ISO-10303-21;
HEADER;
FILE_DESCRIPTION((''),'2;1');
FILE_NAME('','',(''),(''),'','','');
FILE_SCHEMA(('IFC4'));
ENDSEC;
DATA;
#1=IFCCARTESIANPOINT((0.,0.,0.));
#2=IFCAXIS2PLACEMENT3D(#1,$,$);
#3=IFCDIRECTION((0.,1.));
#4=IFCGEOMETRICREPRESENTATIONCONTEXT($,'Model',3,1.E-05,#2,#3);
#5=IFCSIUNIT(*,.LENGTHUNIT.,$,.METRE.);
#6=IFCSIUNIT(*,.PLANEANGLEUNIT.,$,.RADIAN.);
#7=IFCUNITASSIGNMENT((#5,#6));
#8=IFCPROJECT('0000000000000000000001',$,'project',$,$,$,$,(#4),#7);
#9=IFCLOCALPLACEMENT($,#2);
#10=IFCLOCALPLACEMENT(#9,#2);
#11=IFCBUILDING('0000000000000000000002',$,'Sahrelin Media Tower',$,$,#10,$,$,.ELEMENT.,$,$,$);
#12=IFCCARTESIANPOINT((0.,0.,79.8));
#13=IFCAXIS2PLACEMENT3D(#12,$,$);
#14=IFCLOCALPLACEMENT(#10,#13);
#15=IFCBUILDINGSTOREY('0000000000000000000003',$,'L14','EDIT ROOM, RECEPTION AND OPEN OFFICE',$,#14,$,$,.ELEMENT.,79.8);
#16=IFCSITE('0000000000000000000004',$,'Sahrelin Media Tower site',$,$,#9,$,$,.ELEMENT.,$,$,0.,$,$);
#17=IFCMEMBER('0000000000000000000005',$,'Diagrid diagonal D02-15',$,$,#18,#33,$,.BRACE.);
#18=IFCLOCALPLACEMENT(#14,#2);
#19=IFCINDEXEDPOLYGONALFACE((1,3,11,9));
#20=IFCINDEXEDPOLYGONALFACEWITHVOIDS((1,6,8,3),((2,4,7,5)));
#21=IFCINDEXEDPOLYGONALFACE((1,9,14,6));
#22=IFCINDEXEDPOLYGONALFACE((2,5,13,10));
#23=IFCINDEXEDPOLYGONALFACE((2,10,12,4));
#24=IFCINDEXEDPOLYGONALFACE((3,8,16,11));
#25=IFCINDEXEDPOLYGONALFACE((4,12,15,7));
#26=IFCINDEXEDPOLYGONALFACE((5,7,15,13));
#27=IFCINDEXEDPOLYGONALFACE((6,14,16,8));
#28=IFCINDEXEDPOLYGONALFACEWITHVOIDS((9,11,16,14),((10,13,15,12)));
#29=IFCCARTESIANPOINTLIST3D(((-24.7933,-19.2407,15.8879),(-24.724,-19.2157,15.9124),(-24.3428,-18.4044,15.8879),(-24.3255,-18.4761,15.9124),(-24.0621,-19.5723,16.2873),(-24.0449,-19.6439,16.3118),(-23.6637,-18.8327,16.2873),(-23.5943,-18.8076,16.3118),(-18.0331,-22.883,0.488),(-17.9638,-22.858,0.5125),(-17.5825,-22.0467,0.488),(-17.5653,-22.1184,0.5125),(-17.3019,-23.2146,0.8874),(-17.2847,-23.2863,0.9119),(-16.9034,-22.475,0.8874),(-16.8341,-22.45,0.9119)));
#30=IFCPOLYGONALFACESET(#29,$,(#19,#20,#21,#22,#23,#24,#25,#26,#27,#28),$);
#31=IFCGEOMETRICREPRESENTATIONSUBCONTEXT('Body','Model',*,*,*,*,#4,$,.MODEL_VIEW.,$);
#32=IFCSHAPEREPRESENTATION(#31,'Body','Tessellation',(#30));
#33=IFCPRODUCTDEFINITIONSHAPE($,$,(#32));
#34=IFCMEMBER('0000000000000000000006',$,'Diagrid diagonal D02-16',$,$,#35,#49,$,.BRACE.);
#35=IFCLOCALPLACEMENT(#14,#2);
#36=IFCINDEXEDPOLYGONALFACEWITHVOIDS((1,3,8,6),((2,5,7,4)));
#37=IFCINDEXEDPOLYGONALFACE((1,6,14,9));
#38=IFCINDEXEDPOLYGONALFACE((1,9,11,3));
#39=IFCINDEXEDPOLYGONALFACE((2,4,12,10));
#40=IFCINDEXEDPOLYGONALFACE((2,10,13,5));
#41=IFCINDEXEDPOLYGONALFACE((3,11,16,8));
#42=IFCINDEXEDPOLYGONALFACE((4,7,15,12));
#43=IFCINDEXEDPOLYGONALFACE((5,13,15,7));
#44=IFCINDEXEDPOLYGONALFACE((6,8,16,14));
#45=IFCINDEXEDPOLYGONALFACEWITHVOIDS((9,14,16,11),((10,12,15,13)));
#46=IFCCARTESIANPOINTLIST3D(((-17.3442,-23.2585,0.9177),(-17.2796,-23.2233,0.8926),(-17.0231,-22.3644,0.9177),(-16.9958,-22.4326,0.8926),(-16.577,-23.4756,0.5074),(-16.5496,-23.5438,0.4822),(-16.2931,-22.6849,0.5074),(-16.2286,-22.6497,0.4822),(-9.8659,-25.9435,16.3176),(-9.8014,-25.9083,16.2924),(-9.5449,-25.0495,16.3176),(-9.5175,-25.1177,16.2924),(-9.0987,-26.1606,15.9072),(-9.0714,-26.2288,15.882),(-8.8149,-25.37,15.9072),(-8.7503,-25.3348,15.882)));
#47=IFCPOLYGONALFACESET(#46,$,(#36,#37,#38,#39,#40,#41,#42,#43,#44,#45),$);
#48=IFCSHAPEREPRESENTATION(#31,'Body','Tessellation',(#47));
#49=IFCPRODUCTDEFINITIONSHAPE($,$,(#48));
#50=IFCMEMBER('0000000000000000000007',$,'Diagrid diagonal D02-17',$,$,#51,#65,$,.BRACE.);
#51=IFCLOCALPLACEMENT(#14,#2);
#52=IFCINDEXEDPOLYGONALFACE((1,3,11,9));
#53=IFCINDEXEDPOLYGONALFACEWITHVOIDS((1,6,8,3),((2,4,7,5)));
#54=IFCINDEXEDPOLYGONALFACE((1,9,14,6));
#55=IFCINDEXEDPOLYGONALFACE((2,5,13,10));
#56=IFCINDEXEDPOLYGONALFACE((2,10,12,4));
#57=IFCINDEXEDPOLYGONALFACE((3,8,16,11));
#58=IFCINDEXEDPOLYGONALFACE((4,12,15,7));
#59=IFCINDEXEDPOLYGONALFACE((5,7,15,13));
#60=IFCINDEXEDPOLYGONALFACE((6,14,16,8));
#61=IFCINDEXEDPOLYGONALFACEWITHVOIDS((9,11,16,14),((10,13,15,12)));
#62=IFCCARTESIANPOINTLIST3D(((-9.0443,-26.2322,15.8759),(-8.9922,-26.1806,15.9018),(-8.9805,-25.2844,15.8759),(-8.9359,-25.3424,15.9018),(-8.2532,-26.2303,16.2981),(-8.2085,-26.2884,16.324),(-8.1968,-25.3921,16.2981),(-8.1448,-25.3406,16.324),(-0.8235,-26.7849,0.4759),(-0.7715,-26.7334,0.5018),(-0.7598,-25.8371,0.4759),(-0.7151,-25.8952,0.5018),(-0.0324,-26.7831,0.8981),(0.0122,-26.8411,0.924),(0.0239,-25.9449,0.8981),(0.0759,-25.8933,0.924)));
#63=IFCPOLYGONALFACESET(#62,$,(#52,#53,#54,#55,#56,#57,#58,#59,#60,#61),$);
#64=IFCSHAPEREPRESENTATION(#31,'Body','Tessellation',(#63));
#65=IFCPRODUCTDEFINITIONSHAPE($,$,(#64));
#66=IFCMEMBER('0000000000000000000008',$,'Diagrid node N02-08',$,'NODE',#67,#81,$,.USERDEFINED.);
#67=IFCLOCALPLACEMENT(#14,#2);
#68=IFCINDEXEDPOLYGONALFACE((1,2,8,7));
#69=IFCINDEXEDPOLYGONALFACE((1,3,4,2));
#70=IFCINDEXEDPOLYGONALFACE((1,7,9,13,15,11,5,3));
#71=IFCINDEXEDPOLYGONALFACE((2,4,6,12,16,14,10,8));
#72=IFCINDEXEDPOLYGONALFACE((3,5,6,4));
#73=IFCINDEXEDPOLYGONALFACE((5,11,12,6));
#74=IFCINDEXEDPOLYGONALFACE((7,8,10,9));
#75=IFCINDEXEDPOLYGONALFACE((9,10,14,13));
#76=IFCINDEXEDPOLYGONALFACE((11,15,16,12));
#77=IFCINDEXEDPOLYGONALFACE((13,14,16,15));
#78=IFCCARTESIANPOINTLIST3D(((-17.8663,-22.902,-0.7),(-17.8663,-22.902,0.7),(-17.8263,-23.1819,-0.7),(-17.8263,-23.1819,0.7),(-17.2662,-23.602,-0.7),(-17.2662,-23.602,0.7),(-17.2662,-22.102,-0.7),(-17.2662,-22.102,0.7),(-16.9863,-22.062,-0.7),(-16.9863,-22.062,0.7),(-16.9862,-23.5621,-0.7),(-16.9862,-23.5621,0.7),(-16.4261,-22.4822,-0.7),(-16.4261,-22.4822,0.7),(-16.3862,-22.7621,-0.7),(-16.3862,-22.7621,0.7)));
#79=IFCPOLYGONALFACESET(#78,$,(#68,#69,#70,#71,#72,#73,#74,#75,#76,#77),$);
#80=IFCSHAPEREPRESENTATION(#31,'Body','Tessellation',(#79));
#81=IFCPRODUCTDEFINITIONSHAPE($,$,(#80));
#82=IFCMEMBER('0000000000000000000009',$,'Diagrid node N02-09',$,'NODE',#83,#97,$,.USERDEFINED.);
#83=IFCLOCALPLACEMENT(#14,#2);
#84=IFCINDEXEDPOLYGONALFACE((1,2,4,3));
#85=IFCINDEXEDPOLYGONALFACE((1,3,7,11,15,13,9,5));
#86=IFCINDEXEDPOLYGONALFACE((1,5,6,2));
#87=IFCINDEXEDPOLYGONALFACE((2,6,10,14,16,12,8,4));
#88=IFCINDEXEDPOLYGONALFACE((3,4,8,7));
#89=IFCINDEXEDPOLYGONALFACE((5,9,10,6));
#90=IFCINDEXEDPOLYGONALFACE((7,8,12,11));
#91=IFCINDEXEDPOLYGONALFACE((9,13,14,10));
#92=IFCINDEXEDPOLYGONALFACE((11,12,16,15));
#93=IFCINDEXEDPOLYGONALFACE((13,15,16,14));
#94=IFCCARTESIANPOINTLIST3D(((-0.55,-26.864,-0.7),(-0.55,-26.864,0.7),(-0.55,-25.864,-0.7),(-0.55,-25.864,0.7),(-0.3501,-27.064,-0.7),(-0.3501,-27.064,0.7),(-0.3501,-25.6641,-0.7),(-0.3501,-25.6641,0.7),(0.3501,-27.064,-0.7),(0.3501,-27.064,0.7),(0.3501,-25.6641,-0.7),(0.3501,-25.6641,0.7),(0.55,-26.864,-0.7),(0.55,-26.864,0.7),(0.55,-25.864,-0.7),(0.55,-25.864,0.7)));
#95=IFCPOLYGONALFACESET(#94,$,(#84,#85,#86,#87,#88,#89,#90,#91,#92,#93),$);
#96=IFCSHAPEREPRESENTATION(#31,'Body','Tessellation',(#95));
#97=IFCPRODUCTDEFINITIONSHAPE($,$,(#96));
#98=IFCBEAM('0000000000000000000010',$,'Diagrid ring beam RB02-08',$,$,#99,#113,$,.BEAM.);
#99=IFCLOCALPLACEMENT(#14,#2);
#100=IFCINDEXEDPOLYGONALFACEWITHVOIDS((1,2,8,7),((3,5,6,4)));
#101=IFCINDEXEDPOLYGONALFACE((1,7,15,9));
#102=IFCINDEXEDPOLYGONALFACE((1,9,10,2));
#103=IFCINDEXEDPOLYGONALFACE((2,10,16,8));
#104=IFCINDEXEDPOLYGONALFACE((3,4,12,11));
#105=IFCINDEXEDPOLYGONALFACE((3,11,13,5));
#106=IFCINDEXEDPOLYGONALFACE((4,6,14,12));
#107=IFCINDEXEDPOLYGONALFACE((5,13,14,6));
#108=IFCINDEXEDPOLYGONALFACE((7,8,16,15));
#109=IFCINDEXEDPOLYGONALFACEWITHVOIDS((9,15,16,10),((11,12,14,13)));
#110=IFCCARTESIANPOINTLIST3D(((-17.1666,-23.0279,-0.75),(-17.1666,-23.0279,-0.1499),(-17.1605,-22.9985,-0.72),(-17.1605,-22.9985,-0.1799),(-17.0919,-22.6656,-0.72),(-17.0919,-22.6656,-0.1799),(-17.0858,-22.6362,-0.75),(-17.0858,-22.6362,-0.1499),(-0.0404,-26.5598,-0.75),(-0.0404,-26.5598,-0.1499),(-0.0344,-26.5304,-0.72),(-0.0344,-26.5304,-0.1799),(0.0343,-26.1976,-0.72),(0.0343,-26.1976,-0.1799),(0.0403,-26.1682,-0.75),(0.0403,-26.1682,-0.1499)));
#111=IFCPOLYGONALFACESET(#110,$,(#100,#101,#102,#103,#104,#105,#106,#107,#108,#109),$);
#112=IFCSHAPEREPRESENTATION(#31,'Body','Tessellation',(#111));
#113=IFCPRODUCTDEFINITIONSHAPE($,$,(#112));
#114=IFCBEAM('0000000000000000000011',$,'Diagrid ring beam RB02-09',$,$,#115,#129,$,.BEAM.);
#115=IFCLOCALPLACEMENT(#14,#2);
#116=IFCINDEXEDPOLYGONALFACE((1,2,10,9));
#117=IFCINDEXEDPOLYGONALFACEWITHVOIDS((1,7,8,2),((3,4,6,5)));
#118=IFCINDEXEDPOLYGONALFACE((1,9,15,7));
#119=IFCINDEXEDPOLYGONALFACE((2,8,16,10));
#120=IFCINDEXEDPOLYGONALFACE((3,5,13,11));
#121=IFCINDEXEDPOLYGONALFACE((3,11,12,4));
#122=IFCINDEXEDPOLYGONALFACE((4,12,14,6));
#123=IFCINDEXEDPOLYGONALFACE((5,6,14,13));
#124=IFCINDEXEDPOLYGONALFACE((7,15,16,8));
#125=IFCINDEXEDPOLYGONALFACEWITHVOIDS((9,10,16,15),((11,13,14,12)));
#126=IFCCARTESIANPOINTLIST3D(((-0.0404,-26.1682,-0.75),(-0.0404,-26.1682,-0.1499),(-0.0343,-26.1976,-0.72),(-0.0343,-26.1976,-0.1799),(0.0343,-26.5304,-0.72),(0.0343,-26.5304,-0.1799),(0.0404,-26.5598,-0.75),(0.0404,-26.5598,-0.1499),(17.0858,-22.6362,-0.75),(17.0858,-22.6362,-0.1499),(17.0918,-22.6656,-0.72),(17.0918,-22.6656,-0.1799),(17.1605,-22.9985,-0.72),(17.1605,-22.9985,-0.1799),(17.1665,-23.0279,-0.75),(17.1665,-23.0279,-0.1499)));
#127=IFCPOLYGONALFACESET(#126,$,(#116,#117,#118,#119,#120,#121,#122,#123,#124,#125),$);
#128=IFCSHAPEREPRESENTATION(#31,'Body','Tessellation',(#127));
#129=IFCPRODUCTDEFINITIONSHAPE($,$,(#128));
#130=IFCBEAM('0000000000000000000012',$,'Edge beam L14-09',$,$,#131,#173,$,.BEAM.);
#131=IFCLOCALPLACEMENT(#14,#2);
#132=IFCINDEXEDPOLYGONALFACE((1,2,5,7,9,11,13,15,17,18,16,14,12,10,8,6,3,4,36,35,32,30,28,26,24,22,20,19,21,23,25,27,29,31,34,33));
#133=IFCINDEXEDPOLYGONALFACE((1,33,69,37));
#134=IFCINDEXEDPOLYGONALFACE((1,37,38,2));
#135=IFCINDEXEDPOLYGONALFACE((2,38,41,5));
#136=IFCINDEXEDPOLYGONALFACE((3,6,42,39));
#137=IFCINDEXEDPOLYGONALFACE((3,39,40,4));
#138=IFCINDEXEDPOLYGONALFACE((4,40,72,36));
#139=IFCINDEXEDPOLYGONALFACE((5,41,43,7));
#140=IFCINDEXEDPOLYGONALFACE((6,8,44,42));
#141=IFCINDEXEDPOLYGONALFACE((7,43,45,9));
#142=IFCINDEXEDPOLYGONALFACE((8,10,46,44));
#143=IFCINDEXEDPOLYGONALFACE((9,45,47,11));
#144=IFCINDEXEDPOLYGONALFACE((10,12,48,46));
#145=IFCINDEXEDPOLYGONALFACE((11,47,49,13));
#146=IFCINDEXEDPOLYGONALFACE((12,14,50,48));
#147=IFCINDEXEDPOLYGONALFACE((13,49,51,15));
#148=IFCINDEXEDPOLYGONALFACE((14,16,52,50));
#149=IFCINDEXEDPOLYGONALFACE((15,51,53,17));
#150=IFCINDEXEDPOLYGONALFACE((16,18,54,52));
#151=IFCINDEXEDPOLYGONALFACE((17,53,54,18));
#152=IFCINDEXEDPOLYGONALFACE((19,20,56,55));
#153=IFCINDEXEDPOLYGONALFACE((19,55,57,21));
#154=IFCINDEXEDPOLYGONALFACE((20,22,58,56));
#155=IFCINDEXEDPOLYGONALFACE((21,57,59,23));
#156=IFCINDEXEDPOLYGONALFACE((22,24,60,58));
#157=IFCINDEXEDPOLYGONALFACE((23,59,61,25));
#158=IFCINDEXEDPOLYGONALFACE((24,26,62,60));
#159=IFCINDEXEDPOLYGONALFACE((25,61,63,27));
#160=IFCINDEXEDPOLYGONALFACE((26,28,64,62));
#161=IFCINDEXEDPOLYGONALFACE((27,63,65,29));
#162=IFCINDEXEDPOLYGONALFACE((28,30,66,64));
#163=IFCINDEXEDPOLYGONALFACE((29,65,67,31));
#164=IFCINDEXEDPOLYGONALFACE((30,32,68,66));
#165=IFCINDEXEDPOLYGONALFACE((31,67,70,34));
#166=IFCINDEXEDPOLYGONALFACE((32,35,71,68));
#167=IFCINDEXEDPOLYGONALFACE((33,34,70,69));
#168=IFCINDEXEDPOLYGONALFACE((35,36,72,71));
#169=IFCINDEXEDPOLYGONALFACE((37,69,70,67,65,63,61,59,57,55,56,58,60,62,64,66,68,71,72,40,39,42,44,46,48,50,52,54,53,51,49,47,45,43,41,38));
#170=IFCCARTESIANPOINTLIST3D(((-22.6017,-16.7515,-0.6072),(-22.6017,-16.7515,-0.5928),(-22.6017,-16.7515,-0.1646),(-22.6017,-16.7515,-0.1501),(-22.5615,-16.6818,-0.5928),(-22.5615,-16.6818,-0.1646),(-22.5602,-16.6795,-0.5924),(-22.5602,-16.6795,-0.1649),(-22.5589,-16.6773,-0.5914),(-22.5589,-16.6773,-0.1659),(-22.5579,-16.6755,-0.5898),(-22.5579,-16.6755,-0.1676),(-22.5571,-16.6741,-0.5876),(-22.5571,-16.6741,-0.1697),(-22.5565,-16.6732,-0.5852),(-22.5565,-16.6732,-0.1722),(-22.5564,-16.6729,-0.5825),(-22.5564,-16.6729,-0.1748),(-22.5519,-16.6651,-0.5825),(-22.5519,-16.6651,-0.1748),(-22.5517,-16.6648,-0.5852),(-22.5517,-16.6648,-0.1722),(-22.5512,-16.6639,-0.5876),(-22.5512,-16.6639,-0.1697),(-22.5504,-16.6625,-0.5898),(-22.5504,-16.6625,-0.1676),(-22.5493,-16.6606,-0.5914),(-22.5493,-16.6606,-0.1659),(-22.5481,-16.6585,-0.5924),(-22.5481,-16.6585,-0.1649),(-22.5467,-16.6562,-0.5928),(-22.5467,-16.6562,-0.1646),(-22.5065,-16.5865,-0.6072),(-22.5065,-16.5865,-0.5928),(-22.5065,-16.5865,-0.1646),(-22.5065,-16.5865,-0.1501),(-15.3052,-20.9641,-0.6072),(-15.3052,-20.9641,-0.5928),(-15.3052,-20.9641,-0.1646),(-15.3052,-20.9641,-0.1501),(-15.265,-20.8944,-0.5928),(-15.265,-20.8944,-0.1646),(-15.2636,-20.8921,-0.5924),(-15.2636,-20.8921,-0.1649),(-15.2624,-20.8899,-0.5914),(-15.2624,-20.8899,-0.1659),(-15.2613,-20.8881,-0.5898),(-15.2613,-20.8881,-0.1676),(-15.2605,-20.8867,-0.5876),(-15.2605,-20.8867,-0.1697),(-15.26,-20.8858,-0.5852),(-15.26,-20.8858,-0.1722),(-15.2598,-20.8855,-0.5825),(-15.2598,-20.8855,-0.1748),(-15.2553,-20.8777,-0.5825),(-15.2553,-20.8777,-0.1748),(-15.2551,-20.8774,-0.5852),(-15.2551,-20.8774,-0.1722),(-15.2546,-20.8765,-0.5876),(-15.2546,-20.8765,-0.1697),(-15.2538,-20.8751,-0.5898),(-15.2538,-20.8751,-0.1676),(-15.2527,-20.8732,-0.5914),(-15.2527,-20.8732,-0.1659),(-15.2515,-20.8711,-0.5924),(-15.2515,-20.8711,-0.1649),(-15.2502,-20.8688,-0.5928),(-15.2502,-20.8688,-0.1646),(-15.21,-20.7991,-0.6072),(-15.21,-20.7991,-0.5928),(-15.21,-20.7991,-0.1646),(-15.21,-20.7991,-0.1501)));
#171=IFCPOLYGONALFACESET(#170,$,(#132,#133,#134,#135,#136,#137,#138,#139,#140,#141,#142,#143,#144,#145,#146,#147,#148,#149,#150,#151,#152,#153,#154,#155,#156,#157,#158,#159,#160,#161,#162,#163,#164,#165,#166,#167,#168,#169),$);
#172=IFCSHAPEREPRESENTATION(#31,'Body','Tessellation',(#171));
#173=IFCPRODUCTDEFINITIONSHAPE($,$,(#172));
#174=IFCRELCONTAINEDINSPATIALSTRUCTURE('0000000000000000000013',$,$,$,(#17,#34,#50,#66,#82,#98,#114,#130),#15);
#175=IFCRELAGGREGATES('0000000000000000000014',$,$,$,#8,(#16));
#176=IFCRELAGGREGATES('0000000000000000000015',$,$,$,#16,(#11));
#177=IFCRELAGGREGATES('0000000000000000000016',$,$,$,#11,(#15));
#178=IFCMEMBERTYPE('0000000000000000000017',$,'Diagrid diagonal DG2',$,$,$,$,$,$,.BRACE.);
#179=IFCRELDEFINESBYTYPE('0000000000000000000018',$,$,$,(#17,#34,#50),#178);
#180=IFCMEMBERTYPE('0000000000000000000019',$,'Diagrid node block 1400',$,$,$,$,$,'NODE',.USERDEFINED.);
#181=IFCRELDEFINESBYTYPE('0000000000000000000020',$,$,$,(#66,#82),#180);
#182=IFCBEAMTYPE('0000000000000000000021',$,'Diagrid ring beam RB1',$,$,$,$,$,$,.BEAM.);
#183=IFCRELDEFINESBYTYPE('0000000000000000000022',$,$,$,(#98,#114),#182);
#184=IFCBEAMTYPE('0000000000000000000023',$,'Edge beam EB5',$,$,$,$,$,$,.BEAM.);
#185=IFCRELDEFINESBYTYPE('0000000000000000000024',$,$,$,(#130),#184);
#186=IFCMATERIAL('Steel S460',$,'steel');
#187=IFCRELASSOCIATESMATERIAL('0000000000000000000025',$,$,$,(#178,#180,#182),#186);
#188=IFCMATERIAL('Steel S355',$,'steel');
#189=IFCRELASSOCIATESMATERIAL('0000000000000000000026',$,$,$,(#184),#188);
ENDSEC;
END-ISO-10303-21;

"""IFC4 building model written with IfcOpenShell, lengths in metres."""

from ifc_helpers import new_model, si_unit, direction, frame, origin, origin_2d, place, context, subcontext, project, spatial, polyline, hollow_rectangle, i_section, outline, extrude, material, material_profile, profile_set, type_object, element, save


model = new_model("IFC4")

# Units and contexts
model_context = context("Model", 3, precision=1e-05, world=origin(), true_north=direction((0.0, 1.0)))
body_context = subcontext(model_context, "Body", "Model", "MODEL_VIEW")
ifc_project = project(units=[si_unit("LENGTHUNIT", "METRE"), si_unit("PLANEANGLEUNIT", "RADIAN")], contexts=[model_context])

# Site, building, storey
site_placement = place(None, origin())
site = spatial("IfcSite", under=ifc_project, at=site_placement, Name="Sahrelin Media Tower site", CompositionType="ELEMENT", RefElevation=0.0)
building_placement = place(site_placement, origin())
building = spatial("IfcBuilding", under=site, at=building_placement, Name="Sahrelin Media Tower", CompositionType="ELEMENT")
storey_placement = place(building_placement, frame((0.0, 0.0, 79.8)))
storey = spatial("IfcBuildingStorey", under=building, at=storey_placement, Name="L14", Description="EDIT ROOM, RECEPTION AND OPEN OFFICE", CompositionType="ELEMENT", Elevation=79.8)

# Members
ifc_material_1 = material(Name="Steel S460", Category="steel")
ifc_material_profile_1 = material_profile(ifc_material_1, hollow_rectangle(XDim=0.95, YDim=0.95, WallThickness=0.0549, at=origin_2d()), Name="Diagrid diagonal DG2")
ifc_profile_set_1 = profile_set([ifc_material_profile_1], Name="Steel S460")
member_type_1 = type_object("IfcMemberType", Name="Diagrid diagonal DG2", PredefinedType="BRACE", material=ifc_profile_set_1)
member_1_placement = place(storey_placement, frame((-17.4336, -22.6665, 0.7), z_axis=(-0.392849, 0.211662, 0.894913), x_axis=(-0.474322, -0.880352, 0.0)))
element("IfcMember", 1, at=member_1_placement, inside=storey, type_object=member_type_1, Name="Diagrid diagonal D02-15", PredefinedType="BRACE", context=body_context, shape_type="SweptSolid", body=[
    extrude(hollow_rectangle(XDim=0.95, YDim=0.95, WallThickness=0.0549, at=origin_2d()), origin(), (0.0, 0.0, 1.0), 17.2083),
])
member_2_placement = place(storey_placement, frame((-16.7864, -22.9541, 0.7), z_axis=(0.431549, -0.154947, 0.888683), x_axis=(0.337926, 0.941173, 0.0)))
element("IfcMember", 2, at=member_2_placement, inside=storey, type_object=member_type_1, Name="Diagrid diagonal D02-16", PredefinedType="BRACE", context=body_context, shape_type="SweptSolid", body=[
    extrude(hollow_rectangle(XDim=0.95, YDim=0.95, WallThickness=0.0549, at=origin_2d()), origin(), (0.0, 0.0, 1.0), 17.3289),
])
member_3_placement = place(storey_placement, frame((-0.3738, -26.3391, 0.7), z_axis=(-0.470683, 0.031647, 0.881734), x_axis=(-0.067085, -0.997747, 0.0)))
element("IfcMember", 3, at=member_3_placement, inside=storey, type_object=member_type_1, Name="Diagrid diagonal D02-17", PredefinedType="BRACE", context=body_context, shape_type="SweptSolid", body=[
    extrude(hollow_rectangle(XDim=0.95, YDim=0.95, WallThickness=0.0549, at=origin_2d()), origin(), (0.0, 0.0, 1.0), 17.4656),
])
ifc_material_profile_2 = material_profile(ifc_material_1, outline(polyline([(0.5, -0.55), (0.7, -0.3501), (0.7, 0.3501), (0.5, 0.55), (-0.5, 0.55), (-0.7, 0.3501), (-0.7, -0.3501), (-0.5, -0.55), (0.5, -0.55)])), Name="Diagrid node block 1400")
ifc_profile_set_2 = profile_set([ifc_material_profile_2], Name="Steel S460")
member_type_2 = type_object("IfcMemberType", Name="Diagrid node block 1400", ElementType="NODE", PredefinedType="USERDEFINED", material=ifc_profile_set_2)
for number, where, z_axis, x_axis, name in (
    (4, (-17.1262, -22.832, -0.7), (0.0, 0.0, 1.0), (-0.600052, -0.799961, 0.0), "Diagrid node N02-08"),
    (5, (0.0, -26.364, -0.7), (0.0, 0.0, 1.0), (0.0, -1.0, 0.0), "Diagrid node N02-09"),
):
    element("IfcMember", number, at=place(storey_placement, frame(where, z_axis=z_axis, x_axis=x_axis)), inside=storey, type_object=member_type_2, Name=name, ObjectType="NODE", PredefinedType="USERDEFINED", context=body_context, shape_type="SweptSolid", body=[
        extrude(outline(polyline([(0.5, -0.55), (0.7, -0.3501), (0.7, 0.3501), (0.5, 0.55), (-0.5, 0.55), (-0.7, 0.3501), (-0.7, -0.3501), (-0.5, -0.55), (0.5, -0.55)])), origin(), (0.0, 0.0, 1.0), 1.3999),
    ])

# Beams
ifc_material_profile_3 = material_profile(ifc_material_1, hollow_rectangle(XDim=0.3999, YDim=0.6001, WallThickness=0.03, at=origin_2d()), Name="Diagrid ring beam RB1")
ifc_profile_set_3 = profile_set([ifc_material_profile_3], Name="Steel S460")
beam_type_1 = type_object("IfcBeamType", Name="Diagrid ring beam RB1", PredefinedType="BEAM", material=ifc_profile_set_3)
for number, where, z_axis, x_axis, name in (
    (6, (-17.1262, -22.832, -0.45), (0.979389, -0.201982, 0.0), (0.201982, 0.979389, 0.0), "Diagrid ring beam RB02-08"),
    (7, (0.0, -26.364, -0.45), (0.979389, 0.201982, 0.0), (-0.201982, 0.979389, 0.0), "Diagrid ring beam RB02-09"),
):
    element("IfcBeam", number, at=place(storey_placement, frame(where, z_axis=z_axis, x_axis=x_axis)), inside=storey, type_object=beam_type_1, Name=name, PredefinedType="BEAM", context=body_context, shape_type="SweptSolid", body=[
        extrude(hollow_rectangle(XDim=0.3999, YDim=0.6001, WallThickness=0.03, at=origin_2d()), origin(), (0.0, 0.0, 1.0), 17.4866),
    ])
ifc_material_2 = material(Name="Steel S355", Category="steel")
ifc_material_profile_4 = material_profile(ifc_material_2, i_section(OverallWidth=0.1904, OverallDepth=0.457, WebThickness=0.009, FlangeThickness=0.0144, FilletRadius=0.0103, at=origin_2d()), Name="UB 457x191x74")
ifc_profile_set_4 = profile_set([ifc_material_profile_4], Name="Steel S355")
beam_type_2 = type_object("IfcBeamType", Name="Edge beam EB5", PredefinedType="BEAM", material=ifc_profile_set_4)
beam_1_placement = place(storey_placement, frame((-15.2576, -20.8816, -0.3787), z_axis=(-0.866029, 0.499994, 0.0), x_axis=(-0.499994, -0.866029, 0.0)))
element("IfcBeam", 8, at=beam_1_placement, inside=storey, type_object=beam_type_2, Name="Edge beam L14-09", PredefinedType="BEAM", context=body_context, shape_type="SweptSolid", body=[
    extrude(i_section(OverallWidth=0.1904, OverallDepth=0.457, WebThickness=0.009, FlangeThickness=0.0144, FilletRadius=0.0103, at=origin_2d()), origin(), (0.0, 0.0, 1.0), 8.4253),
])

save(model, "model.ifc")
